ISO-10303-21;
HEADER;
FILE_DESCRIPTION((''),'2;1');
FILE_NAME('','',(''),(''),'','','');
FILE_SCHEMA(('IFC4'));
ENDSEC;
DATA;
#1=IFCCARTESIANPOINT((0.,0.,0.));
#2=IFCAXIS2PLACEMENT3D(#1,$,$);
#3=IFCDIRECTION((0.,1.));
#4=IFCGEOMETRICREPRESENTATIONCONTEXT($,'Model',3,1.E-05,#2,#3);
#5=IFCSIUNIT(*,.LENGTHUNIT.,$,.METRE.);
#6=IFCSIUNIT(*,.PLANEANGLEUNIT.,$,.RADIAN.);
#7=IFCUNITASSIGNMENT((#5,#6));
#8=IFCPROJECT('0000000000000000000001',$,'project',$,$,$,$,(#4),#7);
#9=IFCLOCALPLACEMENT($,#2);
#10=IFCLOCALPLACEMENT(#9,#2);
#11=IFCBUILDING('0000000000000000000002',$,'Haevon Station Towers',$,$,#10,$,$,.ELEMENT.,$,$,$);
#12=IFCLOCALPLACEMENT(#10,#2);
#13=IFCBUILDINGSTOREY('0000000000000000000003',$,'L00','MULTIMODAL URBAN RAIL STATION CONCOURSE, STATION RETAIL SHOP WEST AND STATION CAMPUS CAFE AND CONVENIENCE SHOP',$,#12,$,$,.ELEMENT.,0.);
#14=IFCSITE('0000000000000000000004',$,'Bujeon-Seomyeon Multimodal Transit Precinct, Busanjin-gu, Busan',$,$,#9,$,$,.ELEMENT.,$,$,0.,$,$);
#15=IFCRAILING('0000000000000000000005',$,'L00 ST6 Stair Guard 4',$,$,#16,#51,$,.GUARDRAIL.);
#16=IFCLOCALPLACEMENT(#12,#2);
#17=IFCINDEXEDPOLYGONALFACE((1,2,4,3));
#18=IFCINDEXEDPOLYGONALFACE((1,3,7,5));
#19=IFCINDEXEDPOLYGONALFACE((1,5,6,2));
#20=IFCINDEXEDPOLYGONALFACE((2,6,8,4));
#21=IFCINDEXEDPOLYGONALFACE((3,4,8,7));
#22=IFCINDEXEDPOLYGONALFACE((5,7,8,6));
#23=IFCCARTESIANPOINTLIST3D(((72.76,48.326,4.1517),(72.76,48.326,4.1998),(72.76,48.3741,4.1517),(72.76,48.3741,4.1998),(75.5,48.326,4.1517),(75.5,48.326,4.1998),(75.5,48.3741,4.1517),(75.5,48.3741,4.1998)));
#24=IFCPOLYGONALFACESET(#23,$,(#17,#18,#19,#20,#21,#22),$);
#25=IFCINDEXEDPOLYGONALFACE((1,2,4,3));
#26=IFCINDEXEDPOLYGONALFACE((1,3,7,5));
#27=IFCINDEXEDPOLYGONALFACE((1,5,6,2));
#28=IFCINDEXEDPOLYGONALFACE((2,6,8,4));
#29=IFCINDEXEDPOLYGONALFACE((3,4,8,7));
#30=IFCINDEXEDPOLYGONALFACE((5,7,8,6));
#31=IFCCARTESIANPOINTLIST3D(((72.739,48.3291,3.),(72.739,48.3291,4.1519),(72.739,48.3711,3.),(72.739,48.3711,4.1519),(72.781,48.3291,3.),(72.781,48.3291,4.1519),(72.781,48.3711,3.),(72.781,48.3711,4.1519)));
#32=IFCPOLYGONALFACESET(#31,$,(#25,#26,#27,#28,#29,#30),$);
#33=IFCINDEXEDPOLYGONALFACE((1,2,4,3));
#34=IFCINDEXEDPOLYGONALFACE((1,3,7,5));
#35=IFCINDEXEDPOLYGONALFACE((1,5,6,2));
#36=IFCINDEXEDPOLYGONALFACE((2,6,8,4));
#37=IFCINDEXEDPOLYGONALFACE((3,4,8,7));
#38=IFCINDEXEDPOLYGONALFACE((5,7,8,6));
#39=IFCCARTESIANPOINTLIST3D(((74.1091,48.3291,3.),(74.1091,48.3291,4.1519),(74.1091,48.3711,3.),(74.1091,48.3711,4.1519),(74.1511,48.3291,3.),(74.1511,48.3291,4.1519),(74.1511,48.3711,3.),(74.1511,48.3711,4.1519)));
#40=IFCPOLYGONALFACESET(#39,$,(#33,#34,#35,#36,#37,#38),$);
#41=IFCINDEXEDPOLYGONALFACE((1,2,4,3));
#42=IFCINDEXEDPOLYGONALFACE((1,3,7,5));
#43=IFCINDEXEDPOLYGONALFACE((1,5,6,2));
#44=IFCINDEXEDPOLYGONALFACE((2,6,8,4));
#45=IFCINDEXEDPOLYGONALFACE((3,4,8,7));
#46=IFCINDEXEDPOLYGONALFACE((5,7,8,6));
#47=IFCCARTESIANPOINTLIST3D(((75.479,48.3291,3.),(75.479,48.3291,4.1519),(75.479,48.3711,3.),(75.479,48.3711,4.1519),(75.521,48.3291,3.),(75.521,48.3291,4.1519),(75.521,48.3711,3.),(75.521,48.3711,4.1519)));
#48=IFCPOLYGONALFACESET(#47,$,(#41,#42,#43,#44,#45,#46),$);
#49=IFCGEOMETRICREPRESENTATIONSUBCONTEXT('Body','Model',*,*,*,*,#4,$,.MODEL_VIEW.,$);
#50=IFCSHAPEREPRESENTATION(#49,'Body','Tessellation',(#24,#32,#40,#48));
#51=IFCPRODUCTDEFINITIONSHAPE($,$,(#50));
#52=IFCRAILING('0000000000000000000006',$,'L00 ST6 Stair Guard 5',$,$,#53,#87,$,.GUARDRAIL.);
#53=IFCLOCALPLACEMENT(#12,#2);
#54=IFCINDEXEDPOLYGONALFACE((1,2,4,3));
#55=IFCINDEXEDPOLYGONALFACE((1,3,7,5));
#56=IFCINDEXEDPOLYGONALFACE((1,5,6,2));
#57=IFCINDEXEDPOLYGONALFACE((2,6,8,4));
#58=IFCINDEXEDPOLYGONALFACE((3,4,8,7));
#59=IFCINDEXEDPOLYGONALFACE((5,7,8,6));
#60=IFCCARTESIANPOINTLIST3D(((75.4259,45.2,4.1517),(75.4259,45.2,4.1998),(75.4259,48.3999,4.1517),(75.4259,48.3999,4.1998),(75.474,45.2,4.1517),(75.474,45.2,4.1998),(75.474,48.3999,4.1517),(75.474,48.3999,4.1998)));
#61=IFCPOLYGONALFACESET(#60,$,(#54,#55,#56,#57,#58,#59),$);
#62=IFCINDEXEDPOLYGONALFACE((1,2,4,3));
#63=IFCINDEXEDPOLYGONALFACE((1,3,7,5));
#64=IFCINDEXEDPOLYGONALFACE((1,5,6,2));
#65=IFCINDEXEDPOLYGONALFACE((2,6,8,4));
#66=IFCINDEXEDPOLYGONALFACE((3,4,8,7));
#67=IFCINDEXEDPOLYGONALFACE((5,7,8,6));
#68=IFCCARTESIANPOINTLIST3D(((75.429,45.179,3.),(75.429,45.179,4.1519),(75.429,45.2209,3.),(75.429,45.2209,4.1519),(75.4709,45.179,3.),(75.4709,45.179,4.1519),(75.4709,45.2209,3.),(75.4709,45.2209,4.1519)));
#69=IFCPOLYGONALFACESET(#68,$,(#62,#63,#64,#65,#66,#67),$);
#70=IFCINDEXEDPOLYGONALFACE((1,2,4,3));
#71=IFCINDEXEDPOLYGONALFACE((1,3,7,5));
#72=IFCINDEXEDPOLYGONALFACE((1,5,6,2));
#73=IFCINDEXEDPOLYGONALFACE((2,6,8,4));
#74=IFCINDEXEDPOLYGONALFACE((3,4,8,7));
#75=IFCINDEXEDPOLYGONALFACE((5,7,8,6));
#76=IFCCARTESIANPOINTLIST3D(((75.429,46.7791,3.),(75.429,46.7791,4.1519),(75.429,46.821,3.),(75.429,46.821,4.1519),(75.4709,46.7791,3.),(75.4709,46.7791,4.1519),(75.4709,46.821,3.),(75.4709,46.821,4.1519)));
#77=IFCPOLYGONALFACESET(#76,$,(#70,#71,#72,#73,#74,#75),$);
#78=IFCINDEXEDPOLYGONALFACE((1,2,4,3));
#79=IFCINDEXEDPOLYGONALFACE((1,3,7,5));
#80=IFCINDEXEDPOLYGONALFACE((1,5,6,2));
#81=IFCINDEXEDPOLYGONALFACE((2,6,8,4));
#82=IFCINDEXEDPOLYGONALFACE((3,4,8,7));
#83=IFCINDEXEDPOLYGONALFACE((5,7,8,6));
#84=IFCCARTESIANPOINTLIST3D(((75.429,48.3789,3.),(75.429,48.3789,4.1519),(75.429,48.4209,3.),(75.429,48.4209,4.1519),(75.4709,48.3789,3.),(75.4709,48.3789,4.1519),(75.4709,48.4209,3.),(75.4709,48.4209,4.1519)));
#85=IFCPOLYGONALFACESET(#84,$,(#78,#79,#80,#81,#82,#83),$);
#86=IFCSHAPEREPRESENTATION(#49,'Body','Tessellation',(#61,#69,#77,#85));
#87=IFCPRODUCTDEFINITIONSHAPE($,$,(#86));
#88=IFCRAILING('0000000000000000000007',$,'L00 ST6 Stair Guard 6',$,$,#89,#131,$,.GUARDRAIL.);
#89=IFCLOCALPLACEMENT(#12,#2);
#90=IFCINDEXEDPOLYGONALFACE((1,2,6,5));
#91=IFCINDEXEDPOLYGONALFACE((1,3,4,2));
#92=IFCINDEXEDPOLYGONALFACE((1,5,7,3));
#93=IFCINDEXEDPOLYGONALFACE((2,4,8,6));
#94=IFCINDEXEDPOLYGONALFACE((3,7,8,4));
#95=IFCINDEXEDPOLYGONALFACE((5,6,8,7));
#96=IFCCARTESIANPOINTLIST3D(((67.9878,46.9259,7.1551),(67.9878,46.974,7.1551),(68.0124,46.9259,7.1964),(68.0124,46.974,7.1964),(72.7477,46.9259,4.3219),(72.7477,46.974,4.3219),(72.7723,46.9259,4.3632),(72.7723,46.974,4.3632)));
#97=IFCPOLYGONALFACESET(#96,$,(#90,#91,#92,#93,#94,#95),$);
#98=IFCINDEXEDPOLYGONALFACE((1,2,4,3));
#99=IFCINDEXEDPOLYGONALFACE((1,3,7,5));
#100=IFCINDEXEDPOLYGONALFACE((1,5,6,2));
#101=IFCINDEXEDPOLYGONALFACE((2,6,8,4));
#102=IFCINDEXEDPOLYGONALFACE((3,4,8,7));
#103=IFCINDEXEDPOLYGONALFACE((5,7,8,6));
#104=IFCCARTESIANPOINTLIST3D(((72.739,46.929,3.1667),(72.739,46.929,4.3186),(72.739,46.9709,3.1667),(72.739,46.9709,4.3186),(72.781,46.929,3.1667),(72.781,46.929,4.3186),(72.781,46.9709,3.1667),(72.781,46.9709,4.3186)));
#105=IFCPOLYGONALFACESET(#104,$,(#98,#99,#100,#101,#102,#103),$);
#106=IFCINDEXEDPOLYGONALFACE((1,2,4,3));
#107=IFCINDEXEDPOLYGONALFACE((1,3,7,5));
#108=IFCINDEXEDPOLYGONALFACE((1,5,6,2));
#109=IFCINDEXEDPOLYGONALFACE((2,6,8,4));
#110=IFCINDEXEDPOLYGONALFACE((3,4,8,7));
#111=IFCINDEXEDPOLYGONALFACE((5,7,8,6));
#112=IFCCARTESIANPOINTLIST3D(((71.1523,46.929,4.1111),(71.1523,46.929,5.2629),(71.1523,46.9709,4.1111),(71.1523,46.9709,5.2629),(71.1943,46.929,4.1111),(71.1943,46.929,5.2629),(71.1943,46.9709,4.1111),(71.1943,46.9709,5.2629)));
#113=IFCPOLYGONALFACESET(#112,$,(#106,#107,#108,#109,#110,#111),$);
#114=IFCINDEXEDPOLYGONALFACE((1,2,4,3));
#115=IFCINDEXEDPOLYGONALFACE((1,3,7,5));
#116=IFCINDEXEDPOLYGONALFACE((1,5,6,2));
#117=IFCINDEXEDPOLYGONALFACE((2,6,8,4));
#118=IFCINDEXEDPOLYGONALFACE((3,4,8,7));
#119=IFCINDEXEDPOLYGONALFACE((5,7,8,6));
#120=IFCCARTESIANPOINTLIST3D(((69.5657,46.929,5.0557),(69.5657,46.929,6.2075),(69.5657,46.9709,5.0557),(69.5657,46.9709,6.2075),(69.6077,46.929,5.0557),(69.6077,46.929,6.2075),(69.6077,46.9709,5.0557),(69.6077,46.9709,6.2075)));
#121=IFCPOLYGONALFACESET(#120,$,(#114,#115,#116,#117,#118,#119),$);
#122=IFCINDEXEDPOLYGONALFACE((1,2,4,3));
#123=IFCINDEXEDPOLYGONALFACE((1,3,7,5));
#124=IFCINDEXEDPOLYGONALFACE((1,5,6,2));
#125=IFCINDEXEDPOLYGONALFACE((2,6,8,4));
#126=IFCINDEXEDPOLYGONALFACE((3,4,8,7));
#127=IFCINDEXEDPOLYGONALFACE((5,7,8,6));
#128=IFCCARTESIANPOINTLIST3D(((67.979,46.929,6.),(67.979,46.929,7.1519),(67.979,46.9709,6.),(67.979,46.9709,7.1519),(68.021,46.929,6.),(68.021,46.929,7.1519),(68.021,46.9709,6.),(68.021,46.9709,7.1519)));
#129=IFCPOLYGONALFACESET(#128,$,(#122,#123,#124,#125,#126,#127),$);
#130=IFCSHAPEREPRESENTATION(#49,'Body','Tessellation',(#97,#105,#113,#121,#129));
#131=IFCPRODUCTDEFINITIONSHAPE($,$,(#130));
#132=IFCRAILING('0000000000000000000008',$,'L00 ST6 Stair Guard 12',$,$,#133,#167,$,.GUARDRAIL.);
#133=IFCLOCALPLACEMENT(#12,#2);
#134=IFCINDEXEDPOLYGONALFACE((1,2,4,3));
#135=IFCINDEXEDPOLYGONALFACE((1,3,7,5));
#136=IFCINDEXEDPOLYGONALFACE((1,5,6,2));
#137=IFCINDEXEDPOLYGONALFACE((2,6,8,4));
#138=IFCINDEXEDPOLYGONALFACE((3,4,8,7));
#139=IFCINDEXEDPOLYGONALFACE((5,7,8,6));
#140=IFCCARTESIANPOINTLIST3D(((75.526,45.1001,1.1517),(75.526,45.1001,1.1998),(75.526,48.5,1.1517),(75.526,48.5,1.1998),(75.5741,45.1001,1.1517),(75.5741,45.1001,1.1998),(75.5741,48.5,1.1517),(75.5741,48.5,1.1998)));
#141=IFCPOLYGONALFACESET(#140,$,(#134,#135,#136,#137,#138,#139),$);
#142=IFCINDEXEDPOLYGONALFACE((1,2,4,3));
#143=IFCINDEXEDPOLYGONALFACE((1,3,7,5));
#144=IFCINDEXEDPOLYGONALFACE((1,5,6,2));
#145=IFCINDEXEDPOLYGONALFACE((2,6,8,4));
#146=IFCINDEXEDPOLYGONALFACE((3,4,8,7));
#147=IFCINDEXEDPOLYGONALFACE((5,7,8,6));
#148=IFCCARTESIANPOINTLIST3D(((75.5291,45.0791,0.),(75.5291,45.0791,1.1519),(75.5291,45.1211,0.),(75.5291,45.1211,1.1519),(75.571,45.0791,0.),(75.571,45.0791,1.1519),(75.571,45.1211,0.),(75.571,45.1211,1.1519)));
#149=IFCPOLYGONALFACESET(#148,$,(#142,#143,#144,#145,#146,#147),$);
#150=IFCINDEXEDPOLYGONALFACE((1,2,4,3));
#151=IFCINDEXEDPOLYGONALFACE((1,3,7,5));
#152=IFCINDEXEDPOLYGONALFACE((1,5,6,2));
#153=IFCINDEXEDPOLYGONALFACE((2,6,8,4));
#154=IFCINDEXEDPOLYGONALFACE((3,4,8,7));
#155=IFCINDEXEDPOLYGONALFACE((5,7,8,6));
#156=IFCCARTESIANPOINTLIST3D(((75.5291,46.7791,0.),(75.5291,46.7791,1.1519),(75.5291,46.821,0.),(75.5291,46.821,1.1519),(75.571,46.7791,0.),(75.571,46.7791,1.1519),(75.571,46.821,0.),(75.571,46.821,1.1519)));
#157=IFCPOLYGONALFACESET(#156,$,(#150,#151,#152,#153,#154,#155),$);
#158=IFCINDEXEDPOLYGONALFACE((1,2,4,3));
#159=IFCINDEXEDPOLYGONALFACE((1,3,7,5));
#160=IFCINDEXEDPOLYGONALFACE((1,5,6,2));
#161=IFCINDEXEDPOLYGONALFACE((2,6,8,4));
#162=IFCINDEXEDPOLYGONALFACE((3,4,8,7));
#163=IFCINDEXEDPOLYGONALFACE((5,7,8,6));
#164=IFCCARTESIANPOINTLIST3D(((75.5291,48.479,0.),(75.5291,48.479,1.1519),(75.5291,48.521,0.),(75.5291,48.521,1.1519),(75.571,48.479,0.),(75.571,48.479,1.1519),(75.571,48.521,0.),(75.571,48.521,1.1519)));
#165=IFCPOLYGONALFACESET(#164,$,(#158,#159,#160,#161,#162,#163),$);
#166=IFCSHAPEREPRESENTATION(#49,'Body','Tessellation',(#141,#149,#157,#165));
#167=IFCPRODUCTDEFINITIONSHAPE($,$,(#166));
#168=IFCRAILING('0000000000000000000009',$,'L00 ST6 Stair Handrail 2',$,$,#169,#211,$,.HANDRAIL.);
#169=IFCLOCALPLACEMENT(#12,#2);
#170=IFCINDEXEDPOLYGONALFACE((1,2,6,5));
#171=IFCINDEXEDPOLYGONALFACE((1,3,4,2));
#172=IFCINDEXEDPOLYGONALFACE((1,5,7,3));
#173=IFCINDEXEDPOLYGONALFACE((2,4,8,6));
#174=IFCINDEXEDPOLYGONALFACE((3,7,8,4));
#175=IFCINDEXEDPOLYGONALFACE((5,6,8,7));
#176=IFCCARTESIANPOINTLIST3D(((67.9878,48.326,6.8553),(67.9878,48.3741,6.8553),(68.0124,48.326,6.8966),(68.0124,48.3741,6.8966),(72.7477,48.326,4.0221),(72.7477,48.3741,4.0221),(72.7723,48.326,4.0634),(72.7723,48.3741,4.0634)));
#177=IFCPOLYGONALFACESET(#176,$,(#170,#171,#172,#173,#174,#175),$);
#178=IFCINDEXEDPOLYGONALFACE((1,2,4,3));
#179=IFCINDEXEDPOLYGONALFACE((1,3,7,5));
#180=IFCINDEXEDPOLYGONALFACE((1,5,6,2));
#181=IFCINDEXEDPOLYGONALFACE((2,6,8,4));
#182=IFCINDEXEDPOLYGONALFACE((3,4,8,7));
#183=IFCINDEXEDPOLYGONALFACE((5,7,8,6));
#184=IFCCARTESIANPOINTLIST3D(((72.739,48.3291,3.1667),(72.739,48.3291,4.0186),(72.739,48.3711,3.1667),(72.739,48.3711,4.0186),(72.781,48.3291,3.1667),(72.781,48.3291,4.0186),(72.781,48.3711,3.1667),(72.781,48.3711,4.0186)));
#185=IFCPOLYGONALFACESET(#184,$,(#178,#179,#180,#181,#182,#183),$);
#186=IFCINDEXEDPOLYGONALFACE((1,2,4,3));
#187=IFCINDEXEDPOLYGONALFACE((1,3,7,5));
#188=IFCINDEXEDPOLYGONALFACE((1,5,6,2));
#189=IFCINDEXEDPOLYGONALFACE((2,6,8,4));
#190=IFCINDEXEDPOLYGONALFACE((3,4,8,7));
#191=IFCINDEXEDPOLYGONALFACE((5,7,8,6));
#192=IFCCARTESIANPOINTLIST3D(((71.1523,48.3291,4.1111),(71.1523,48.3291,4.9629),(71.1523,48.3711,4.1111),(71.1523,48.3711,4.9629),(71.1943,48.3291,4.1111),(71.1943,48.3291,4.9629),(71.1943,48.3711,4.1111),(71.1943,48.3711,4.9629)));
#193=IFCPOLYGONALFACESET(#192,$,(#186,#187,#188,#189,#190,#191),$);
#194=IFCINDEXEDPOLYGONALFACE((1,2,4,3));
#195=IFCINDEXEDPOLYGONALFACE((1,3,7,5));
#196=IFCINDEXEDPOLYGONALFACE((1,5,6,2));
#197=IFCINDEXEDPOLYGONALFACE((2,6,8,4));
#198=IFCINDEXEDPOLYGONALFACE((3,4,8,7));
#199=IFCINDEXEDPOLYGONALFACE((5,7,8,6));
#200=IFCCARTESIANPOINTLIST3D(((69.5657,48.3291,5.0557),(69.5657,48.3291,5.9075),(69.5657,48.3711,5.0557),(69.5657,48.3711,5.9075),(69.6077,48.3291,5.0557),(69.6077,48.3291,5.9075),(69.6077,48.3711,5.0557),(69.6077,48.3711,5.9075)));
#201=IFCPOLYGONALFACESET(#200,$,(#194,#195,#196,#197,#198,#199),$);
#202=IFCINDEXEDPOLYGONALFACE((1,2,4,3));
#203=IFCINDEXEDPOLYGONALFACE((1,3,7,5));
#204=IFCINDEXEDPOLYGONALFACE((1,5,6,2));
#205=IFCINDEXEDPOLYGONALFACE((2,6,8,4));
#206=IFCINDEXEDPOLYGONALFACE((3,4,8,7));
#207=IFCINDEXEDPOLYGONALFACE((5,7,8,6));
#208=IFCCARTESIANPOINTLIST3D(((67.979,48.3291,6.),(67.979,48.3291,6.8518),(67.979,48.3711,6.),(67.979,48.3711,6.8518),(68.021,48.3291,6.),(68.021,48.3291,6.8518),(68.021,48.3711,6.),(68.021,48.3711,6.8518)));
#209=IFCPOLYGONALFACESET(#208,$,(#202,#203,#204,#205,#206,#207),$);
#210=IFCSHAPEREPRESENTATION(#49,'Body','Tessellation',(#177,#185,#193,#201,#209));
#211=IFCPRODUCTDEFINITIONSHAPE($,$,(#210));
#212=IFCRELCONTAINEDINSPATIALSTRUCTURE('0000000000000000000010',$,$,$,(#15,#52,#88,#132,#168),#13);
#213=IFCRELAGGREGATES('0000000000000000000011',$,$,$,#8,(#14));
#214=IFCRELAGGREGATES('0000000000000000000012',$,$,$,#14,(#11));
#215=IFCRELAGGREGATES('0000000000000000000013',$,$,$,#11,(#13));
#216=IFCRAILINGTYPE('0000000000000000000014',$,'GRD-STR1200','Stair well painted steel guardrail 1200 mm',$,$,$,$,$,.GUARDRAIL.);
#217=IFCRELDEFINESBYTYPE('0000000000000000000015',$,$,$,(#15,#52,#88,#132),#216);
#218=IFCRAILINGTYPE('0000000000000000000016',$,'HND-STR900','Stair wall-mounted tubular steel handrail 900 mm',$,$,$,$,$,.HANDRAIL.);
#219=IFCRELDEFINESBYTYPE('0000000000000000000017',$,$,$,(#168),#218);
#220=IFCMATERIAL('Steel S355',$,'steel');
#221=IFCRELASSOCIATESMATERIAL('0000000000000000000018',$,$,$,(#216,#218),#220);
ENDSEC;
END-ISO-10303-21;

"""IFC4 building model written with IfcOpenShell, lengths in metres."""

from ifc_helpers import new_model, si_unit, direction, frame, origin, origin_2d, place, context, subcontext, project, spatial, rectangle, extrude, material, type_object, element, save


model = new_model("IFC4")

# Units and contexts
model_context = context("Model", 3, precision=1e-05, world=origin(), true_north=direction((0.0, 1.0)))
body_context = subcontext(model_context, "Body", "Model", "MODEL_VIEW")
ifc_project = project(units=[si_unit("LENGTHUNIT", "METRE"), si_unit("PLANEANGLEUNIT", "RADIAN")], contexts=[model_context])

# Site, building, storey
site_placement = place(None, origin())
site = spatial("IfcSite", under=ifc_project, at=site_placement, Name="Bujeon-Seomyeon Multimodal Transit Precinct, Busanjin-gu, Busan", CompositionType="ELEMENT", RefElevation=0.0)
building_placement = place(site_placement, origin())
building = spatial("IfcBuilding", under=site, at=building_placement, Name="Haevon Station Towers", CompositionType="ELEMENT")
storey_placement = place(building_placement, origin())
storey = spatial("IfcBuildingStorey", under=building, at=storey_placement, Name="L00", Description="MULTIMODAL URBAN RAIL STATION CONCOURSE, STATION RETAIL SHOP WEST AND STATION CAMPUS CAFE AND CONVENIENCE SHOP", CompositionType="ELEMENT", Elevation=0.0)

# Shared definitions
ifc_material_1 = material(Name="Steel S355", Category="steel")

# Railings
railing_type_1 = type_object("IfcRailingType", Name="GRD-STR1200", Description="Stair well painted steel guardrail 1200 mm", PredefinedType="GUARDRAIL", material=ifc_material_1)
for number, where, name in (
    (1, (72.76, 48.3501, 3.0), "L00 ST6 Stair Guard 4"),
):
    element("IfcRailing", number, at=place(storey_placement, frame(where)), inside=storey, type_object=railing_type_1, Name=name, PredefinedType="GUARDRAIL", context=body_context, shape_type="SweptSolid", body=[
        extrude(rectangle(XDim=0.0481, YDim=0.0481, at=origin_2d()), frame((0.0, 0.0, 1.1758), z_axis=(1.0, 0.0, 0.0), x_axis=(0.0, 1.0, 0.0)), (0.0, 0.0, 1.0), 2.74),
        extrude(rectangle(XDim=0.042, YDim=0.042, at=origin_2d()), origin(), (0.0, 0.0, 1.0), 1.1519),
        extrude(rectangle(XDim=0.042, YDim=0.042, at=origin_2d()), frame((1.3701, 0.0, 0.0)), (0.0, 0.0, 1.0), 1.1519),
        extrude(rectangle(XDim=0.042, YDim=0.042, at=origin_2d()), frame((2.74, 0.0, 0.0)), (0.0, 0.0, 1.0), 1.1519),
    ])
railing_1_placement = place(storey_placement, frame((75.45, 45.2, 3.0)))
element("IfcRailing", 2, at=railing_1_placement, inside=storey, type_object=railing_type_1, Name="L00 ST6 Stair Guard 5", PredefinedType="GUARDRAIL", context=body_context, shape_type="SweptSolid", body=[
    extrude(rectangle(XDim=0.0481, YDim=0.0481, at=origin_2d()), frame((0.0, 0.0, 1.1758), z_axis=(0.0, 1.0, 0.0), x_axis=(-1.0, 0.0, 0.0)), (0.0, 0.0, 1.0), 3.2),
    extrude(rectangle(XDim=0.042, YDim=0.042, at=origin_2d()), origin(), (0.0, 0.0, 1.0), 1.1519),
    extrude(rectangle(XDim=0.042, YDim=0.042, at=origin_2d()), frame((0.0, 1.6001, 0.0)), (0.0, 0.0, 1.0), 1.1519),
    extrude(rectangle(XDim=0.042, YDim=0.042, at=origin_2d()), frame((0.0, 3.2, 0.0)), (0.0, 0.0, 1.0), 1.1519),
])
railing_2_placement = place(storey_placement, frame((72.76, 46.95, 3.1667)))
element("IfcRailing", 3, at=railing_2_placement, inside=storey, type_object=railing_type_1, Name="L00 ST6 Stair Guard 6", PredefinedType="GUARDRAIL", context=body_context, shape_type="SweptSolid", body=[
    extrude(rectangle(XDim=0.0481, YDim=0.0481, at=origin_2d()), frame((0.0, 0.0, 1.1758), z_axis=(-0.8593, 0.0, 0.511472), x_axis=(0.0, -1.0, 0.0)), (0.0, 0.0, 1.0), 5.5393),
    extrude(rectangle(XDim=0.042, YDim=0.042, at=origin_2d()), origin(), (0.0, 0.0, 1.0), 1.1519),
    extrude(rectangle(XDim=0.042, YDim=0.042, at=origin_2d()), frame((-1.5867, 0.0, 0.9443)), (0.0, 0.0, 1.0), 1.1519),
    extrude(rectangle(XDim=0.042, YDim=0.042, at=origin_2d()), frame((-3.1733, 0.0, 1.8889)), (0.0, 0.0, 1.0), 1.1519),
    extrude(rectangle(XDim=0.042, YDim=0.042, at=origin_2d()), frame((-4.76, 0.0, 2.8333)), (0.0, 0.0, 1.0), 1.1519),
])
railing_3_placement = place(storey_placement, frame((75.55, 45.1001, 0.0)))
element("IfcRailing", 4, at=railing_3_placement, inside=storey, type_object=railing_type_1, Name="L00 ST6 Stair Guard 12", PredefinedType="GUARDRAIL", context=body_context, shape_type="SweptSolid", body=[
    extrude(rectangle(XDim=0.0481, YDim=0.0481, at=origin_2d()), frame((0.0, 0.0, 1.1758), z_axis=(0.0, 1.0, 0.0), x_axis=(-1.0, 0.0, 0.0)), (0.0, 0.0, 1.0), 3.3999),
    extrude(rectangle(XDim=0.042, YDim=0.042, at=origin_2d()), origin(), (0.0, 0.0, 1.0), 1.1519),
    extrude(rectangle(XDim=0.042, YDim=0.042, at=origin_2d()), frame((0.0, 1.7, 0.0)), (0.0, 0.0, 1.0), 1.1519),
    extrude(rectangle(XDim=0.042, YDim=0.042, at=origin_2d()), frame((0.0, 3.3999, 0.0)), (0.0, 0.0, 1.0), 1.1519),
])
railing_type_2 = type_object("IfcRailingType", Name="HND-STR900", Description="Stair wall-mounted tubular steel handrail 900 mm", PredefinedType="HANDRAIL", material=ifc_material_1)
railing_4_placement = place(storey_placement, frame((72.76, 48.3501, 3.1667)))
element("IfcRailing", 5, at=railing_4_placement, inside=storey, type_object=railing_type_2, Name="L00 ST6 Stair Handrail 2", PredefinedType="HANDRAIL", context=body_context, shape_type="SweptSolid", body=[
    extrude(rectangle(XDim=0.0481, YDim=0.0481, at=origin_2d()), frame((0.0, 0.0, 0.876), z_axis=(-0.8593, 0.0, 0.511472), x_axis=(0.0, -1.0, 0.0)), (0.0, 0.0, 1.0), 5.5393),
    extrude(rectangle(XDim=0.042, YDim=0.042, at=origin_2d()), origin(), (0.0, 0.0, 1.0), 0.8518),
    extrude(rectangle(XDim=0.042, YDim=0.042, at=origin_2d()), frame((-1.5867, 0.0, 0.9443)), (0.0, 0.0, 1.0), 0.8518),
    extrude(rectangle(XDim=0.042, YDim=0.042, at=origin_2d()), frame((-3.1733, 0.0, 1.8889)), (0.0, 0.0, 1.0), 0.8518),
    extrude(rectangle(XDim=0.042, YDim=0.042, at=origin_2d()), frame((-4.76, 0.0, 2.8333)), (0.0, 0.0, 1.0), 0.8518),
])

save(model, "model.ifc")
